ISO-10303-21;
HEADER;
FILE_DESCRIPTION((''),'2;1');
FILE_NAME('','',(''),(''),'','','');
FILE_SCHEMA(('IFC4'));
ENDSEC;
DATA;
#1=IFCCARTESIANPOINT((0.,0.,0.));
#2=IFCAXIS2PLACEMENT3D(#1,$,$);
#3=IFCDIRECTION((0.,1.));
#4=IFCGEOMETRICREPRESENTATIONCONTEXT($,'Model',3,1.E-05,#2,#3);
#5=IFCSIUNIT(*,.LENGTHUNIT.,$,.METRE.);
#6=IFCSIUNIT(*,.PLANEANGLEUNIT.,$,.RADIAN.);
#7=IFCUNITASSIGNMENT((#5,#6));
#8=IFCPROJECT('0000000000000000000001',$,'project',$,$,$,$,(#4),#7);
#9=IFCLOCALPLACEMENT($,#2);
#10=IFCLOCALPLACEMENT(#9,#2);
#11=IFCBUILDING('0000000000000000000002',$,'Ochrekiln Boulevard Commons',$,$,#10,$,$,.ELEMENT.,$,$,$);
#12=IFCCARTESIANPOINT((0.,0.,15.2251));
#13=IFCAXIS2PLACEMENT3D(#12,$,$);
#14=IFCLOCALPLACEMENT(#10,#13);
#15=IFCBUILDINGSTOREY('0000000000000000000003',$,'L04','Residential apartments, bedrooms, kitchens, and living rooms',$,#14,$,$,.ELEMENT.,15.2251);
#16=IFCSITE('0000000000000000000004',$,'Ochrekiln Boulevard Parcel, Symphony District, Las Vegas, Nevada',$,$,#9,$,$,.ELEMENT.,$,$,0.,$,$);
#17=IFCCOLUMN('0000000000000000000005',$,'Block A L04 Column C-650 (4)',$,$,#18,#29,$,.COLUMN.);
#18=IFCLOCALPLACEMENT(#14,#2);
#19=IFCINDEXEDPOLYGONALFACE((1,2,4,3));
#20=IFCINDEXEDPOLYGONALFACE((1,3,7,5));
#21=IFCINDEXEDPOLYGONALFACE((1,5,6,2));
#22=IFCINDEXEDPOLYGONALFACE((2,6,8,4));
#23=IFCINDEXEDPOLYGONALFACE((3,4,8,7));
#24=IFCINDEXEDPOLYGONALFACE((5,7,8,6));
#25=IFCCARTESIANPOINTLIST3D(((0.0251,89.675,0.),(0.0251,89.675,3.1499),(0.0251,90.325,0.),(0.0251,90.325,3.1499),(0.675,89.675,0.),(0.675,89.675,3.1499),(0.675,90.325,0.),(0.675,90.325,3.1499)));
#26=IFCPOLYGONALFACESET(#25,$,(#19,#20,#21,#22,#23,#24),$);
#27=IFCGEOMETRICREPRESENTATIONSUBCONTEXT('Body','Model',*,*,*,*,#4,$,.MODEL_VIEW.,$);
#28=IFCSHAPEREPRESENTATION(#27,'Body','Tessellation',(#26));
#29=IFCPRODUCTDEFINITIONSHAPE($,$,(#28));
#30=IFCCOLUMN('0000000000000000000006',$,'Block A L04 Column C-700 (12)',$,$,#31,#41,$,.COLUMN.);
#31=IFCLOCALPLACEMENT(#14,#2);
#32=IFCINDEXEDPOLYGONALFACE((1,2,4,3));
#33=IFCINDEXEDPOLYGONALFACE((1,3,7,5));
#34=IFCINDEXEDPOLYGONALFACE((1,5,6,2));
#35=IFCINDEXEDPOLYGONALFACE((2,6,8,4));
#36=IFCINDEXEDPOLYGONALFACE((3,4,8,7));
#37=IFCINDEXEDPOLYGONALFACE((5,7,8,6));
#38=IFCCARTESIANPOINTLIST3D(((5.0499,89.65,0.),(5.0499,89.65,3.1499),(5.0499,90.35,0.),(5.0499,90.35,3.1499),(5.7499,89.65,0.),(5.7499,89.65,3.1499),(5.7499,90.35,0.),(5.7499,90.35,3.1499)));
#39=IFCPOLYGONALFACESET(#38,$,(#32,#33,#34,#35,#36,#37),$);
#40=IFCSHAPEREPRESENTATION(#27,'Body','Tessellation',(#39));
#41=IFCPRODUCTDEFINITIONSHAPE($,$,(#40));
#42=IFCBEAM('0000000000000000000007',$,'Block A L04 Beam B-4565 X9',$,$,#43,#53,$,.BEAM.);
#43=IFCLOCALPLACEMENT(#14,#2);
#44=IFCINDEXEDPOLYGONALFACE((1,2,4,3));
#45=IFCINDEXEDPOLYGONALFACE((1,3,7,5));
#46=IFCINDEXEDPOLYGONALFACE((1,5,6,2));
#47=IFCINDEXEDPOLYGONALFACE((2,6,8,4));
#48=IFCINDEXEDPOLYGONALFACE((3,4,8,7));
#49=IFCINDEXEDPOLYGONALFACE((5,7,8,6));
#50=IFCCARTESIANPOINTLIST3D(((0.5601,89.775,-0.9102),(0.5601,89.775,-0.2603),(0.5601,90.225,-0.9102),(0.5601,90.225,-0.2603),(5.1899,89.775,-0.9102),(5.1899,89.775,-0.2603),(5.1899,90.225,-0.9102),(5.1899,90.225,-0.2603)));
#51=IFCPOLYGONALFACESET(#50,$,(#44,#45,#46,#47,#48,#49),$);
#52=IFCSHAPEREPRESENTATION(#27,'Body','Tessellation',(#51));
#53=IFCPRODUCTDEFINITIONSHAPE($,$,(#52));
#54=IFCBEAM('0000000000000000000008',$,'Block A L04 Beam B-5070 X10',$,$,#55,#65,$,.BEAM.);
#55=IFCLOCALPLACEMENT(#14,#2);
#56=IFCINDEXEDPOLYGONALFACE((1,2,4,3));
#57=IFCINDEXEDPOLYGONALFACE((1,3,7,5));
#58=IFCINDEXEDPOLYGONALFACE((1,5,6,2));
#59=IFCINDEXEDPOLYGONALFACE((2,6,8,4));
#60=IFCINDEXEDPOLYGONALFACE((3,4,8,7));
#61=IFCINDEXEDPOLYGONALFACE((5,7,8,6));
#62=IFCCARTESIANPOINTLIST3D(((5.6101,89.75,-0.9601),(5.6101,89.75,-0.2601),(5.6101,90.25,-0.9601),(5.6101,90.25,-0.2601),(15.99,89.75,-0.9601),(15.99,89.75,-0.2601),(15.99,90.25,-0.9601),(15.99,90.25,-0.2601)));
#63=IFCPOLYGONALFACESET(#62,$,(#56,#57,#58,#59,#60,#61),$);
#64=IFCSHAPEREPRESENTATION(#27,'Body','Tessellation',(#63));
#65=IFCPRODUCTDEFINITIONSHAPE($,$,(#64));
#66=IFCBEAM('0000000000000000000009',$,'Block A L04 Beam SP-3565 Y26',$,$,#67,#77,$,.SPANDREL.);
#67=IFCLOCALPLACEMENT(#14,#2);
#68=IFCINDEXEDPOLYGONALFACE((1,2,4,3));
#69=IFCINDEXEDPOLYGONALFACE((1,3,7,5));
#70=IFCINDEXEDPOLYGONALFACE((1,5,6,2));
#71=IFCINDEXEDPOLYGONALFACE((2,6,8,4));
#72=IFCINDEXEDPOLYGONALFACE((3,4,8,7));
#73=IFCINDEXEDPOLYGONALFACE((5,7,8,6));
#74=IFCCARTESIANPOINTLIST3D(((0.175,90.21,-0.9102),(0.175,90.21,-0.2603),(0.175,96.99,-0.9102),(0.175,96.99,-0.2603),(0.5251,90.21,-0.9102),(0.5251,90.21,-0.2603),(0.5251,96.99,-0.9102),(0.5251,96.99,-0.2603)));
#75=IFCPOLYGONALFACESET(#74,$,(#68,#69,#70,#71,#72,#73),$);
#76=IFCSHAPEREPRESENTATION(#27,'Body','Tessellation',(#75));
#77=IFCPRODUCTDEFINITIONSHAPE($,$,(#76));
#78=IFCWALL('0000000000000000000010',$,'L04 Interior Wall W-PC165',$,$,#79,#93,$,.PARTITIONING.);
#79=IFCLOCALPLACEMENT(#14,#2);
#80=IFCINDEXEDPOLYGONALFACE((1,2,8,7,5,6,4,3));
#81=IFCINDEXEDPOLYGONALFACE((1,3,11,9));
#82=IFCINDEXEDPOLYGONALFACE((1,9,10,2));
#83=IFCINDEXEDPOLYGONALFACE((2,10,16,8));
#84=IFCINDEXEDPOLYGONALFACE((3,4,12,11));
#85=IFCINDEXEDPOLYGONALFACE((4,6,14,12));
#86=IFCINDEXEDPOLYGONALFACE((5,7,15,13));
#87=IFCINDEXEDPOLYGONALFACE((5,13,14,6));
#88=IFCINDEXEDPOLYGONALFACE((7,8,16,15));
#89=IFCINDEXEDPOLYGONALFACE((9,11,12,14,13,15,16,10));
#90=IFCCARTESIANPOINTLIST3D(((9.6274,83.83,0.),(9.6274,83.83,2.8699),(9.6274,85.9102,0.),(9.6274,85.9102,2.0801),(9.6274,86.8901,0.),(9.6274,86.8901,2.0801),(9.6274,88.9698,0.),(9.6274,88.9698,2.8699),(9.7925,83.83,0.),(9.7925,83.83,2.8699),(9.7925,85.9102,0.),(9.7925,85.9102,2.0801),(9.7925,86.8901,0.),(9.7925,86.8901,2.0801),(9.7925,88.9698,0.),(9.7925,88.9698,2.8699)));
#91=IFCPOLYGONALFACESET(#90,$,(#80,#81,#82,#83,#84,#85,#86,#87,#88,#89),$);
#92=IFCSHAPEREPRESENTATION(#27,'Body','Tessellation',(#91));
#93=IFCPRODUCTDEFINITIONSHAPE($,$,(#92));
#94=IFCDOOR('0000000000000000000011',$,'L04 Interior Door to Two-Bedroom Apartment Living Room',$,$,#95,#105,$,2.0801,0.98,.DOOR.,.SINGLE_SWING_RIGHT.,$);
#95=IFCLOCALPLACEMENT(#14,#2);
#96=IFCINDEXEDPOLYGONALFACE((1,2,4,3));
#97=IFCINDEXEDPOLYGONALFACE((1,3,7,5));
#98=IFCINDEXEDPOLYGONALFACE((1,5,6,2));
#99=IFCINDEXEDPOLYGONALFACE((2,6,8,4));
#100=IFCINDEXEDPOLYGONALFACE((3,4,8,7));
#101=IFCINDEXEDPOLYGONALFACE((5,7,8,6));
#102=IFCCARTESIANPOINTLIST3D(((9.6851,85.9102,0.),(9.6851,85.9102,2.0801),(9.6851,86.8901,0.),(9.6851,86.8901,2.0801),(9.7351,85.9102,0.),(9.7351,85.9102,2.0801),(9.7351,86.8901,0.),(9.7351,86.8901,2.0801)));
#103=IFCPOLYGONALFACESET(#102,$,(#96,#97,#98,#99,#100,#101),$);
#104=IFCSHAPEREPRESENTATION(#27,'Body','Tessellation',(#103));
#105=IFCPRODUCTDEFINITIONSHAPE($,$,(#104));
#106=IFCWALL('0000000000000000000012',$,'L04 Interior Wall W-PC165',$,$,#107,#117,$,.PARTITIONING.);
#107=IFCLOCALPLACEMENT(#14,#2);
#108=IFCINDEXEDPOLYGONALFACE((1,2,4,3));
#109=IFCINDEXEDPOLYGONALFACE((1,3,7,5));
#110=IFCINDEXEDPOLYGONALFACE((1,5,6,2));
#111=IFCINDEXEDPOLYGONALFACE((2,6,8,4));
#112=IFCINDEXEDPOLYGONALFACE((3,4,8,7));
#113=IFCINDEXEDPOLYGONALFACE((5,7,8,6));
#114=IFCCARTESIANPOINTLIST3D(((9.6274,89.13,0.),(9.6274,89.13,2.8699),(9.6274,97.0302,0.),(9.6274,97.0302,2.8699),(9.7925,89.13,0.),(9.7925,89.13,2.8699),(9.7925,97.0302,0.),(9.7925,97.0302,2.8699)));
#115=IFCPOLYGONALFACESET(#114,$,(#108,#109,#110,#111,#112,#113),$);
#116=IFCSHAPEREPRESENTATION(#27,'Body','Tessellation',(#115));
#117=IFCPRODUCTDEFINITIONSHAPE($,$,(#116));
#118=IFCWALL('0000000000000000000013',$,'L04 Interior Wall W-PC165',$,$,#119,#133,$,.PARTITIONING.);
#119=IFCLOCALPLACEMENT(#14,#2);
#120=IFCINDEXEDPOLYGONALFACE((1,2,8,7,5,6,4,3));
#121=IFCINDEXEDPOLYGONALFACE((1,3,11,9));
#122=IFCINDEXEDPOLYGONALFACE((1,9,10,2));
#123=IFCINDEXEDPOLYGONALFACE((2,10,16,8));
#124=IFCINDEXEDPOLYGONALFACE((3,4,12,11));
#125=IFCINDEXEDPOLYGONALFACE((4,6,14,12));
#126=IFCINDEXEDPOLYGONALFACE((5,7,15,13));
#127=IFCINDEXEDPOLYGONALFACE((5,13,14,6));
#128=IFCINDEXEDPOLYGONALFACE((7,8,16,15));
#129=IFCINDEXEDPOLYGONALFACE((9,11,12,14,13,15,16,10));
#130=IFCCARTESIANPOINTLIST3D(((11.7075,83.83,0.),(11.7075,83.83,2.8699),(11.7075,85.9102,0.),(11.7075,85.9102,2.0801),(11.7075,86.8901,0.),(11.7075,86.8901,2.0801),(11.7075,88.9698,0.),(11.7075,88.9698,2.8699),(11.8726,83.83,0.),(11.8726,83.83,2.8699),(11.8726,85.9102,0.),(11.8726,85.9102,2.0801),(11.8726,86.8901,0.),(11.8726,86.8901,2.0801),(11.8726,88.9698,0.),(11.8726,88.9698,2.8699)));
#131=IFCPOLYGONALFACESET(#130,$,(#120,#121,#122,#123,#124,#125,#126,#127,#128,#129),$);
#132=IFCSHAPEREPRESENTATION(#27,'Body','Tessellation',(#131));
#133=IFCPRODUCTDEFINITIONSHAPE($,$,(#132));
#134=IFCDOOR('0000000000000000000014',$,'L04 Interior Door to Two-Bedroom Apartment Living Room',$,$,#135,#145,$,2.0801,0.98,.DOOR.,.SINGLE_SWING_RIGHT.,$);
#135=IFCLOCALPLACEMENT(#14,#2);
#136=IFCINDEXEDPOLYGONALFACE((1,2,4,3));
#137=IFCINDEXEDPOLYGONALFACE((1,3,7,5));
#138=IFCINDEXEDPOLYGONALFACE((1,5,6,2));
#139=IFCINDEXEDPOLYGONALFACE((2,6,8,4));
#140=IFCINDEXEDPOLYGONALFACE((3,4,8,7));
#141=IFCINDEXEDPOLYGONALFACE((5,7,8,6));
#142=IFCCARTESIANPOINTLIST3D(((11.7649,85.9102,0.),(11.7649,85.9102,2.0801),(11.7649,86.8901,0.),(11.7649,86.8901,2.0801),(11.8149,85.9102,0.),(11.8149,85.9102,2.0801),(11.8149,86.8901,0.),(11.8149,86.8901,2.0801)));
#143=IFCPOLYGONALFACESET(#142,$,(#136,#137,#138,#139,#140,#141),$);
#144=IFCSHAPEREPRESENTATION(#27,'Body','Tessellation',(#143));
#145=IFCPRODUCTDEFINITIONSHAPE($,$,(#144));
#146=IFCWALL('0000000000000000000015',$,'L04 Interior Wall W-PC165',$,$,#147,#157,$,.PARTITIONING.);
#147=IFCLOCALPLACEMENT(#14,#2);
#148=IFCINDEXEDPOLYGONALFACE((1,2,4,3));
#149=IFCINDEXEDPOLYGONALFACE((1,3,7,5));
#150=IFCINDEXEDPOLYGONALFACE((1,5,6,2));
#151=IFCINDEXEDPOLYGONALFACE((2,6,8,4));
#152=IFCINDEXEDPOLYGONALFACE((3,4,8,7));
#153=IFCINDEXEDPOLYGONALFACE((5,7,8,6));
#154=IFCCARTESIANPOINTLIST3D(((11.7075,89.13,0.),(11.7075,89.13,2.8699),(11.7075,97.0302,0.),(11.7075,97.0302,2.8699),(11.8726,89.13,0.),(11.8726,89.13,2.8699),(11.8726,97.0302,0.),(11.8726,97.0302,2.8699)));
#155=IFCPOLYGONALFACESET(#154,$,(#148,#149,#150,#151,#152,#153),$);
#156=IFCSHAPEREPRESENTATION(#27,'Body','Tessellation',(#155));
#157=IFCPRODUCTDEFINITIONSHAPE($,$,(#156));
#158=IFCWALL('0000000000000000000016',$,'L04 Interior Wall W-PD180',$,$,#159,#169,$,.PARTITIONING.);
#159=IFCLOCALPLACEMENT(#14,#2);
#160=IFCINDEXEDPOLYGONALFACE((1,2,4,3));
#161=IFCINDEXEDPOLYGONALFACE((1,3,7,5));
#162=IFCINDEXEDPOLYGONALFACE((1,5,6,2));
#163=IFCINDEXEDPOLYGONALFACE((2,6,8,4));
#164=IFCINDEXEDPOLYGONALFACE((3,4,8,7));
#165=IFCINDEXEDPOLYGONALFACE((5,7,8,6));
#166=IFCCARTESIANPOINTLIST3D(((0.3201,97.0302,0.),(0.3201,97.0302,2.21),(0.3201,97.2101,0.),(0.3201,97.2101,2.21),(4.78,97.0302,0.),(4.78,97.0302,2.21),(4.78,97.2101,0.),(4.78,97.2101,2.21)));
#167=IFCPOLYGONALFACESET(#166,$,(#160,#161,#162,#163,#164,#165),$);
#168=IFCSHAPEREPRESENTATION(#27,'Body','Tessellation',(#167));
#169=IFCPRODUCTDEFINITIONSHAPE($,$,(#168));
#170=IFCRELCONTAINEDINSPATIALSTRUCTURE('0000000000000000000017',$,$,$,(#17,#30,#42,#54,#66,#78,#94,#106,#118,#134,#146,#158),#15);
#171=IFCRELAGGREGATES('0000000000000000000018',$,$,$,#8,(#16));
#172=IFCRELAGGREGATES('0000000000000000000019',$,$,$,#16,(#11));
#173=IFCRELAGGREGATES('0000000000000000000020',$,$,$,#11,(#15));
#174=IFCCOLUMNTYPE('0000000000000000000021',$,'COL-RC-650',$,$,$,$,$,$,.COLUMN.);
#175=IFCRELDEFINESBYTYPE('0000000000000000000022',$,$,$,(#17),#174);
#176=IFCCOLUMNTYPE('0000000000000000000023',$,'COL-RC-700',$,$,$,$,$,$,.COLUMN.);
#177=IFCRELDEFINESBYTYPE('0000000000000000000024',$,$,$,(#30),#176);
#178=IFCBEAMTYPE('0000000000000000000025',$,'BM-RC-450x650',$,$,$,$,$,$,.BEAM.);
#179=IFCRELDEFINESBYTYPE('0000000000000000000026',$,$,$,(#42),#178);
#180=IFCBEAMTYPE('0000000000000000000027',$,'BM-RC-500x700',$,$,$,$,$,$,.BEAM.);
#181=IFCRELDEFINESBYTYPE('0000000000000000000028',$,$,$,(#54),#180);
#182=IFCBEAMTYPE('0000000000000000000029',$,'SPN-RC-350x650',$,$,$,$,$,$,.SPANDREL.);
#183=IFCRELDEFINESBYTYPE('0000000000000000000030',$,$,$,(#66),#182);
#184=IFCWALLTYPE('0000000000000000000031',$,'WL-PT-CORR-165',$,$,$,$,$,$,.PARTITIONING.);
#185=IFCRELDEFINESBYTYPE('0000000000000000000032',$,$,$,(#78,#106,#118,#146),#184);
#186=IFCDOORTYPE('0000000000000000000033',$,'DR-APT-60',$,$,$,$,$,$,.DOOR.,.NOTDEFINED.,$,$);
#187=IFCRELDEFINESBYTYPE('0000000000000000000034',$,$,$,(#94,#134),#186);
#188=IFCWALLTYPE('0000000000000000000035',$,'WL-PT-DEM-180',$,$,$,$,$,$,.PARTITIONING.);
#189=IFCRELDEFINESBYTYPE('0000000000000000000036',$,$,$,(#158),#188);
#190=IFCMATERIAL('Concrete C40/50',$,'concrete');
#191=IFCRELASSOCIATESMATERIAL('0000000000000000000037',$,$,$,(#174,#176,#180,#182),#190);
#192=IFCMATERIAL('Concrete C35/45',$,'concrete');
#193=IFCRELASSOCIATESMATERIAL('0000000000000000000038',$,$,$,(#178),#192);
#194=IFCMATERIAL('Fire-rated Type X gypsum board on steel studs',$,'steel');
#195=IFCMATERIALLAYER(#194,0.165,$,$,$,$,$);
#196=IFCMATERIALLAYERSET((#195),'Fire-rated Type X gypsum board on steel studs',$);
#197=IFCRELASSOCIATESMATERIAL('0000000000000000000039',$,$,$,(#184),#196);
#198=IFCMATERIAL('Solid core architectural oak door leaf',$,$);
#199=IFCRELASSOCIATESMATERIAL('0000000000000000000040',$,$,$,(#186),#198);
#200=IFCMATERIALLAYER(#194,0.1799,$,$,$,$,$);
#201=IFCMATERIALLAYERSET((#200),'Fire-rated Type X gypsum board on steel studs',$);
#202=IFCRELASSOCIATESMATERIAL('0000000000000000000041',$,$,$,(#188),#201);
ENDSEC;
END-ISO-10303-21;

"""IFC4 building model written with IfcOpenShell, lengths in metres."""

from ifc_helpers import new_model, si_unit, direction, frame, frame_2d, origin, origin_2d, place, context, subcontext, project, spatial, rectangle, extrude, material, layer, layer_set, material_profile, profile_set, type_object, element, fill, save


model = new_model("IFC4")

# Units and contexts
model_context = context("Model", 3, precision=1e-05, world=origin(), true_north=direction((0.0, 1.0)))
body_context = subcontext(model_context, "Body", "Model", "MODEL_VIEW")
ifc_project = project(units=[si_unit("LENGTHUNIT", "METRE"), si_unit("PLANEANGLEUNIT", "RADIAN")], contexts=[model_context])

# Site, building, storey
site_placement = place(None, origin())
site = spatial("IfcSite", under=ifc_project, at=site_placement, Name="Ochrekiln Boulevard Parcel, Symphony District, Las Vegas, Nevada", CompositionType="ELEMENT", RefElevation=0.0)
building_placement = place(site_placement, origin())
building = spatial("IfcBuilding", under=site, at=building_placement, Name="Ochrekiln Boulevard Commons", CompositionType="ELEMENT")
storey_placement = place(building_placement, frame((0.0, 0.0, 15.2251)))
storey = spatial("IfcBuildingStorey", under=building, at=storey_placement, Name="L04", Description="Residential apartments, bedrooms, kitchens, and living rooms", CompositionType="ELEMENT", Elevation=15.2251)

# Columns
ifc_material_1 = material(Name="Concrete C40/50", Category="concrete")
ifc_material_profile_1 = material_profile(ifc_material_1, rectangle(XDim=0.6499, YDim=0.6499, at=origin_2d()), Name="RC-COL-650x650")
ifc_profile_set_1 = profile_set([ifc_material_profile_1], Name="Concrete C40/50")
column_type_1 = type_object("IfcColumnType", Name="COL-RC-650", PredefinedType="COLUMN", material=ifc_profile_set_1)
column_1_placement = place(storey_placement, frame((0.3501, 90.0, 0.0), z_axis=(0.0, 0.0, 1.0), x_axis=(1.0, 0.0, 0.0)))
element("IfcColumn", 1, at=column_1_placement, inside=storey, type_object=column_type_1, Name="Block A L04 Column C-650 (4)", PredefinedType="COLUMN", context=body_context, shape_type="SweptSolid", body=[
    extrude(rectangle(XDim=0.6499, YDim=0.6499, at=origin_2d()), origin(), (0.0, 0.0, 1.0), 3.1499),
])
ifc_material_profile_2 = material_profile(ifc_material_1, rectangle(XDim=0.7, YDim=0.7, at=origin_2d()), Name="RC-COL-700x700")
ifc_profile_set_2 = profile_set([ifc_material_profile_2], Name="Concrete C40/50")
column_type_2 = type_object("IfcColumnType", Name="COL-RC-700", PredefinedType="COLUMN", material=ifc_profile_set_2)
column_2_placement = place(storey_placement, frame((5.3999, 90.0, 0.0), z_axis=(0.0, 0.0, 1.0), x_axis=(1.0, 0.0, 0.0)))
element("IfcColumn", 2, at=column_2_placement, inside=storey, type_object=column_type_2, Name="Block A L04 Column C-700 (12)", PredefinedType="COLUMN", context=body_context, shape_type="SweptSolid", body=[
    extrude(rectangle(XDim=0.7, YDim=0.7, at=origin_2d()), origin(), (0.0, 0.0, 1.0), 3.1499),
])

# Beams
ifc_material_2 = material(Name="Concrete C35/45", Category="concrete")
ifc_material_profile_3 = material_profile(ifc_material_2, rectangle(XDim=0.45, YDim=0.6499, at=origin_2d()), Name="RC-BM-450x650")
ifc_profile_set_3 = profile_set([ifc_material_profile_3], Name="Concrete C35/45")
beam_type_1 = type_object("IfcBeamType", Name="BM-RC-450x650", PredefinedType="BEAM", material=ifc_profile_set_3)
beam_1_placement = place(storey_placement, frame((0.5601, 90.0, -0.5852), z_axis=(1.0, 0.0, 0.0), x_axis=(0.0, 1.0, 0.0)))
element("IfcBeam", 3, at=beam_1_placement, inside=storey, type_object=beam_type_1, Name="Block A L04 Beam B-4565 X9", PredefinedType="BEAM", context=body_context, shape_type="SweptSolid", body=[
    extrude(rectangle(XDim=0.45, YDim=0.6499, at=origin_2d()), origin(), (0.0, 0.0, 1.0), 4.6299),
])
ifc_material_profile_4 = material_profile(ifc_material_1, rectangle(XDim=0.5, YDim=0.7, at=origin_2d()), Name="RC-BM-500x700")
ifc_profile_set_4 = profile_set([ifc_material_profile_4], Name="Concrete C40/50")
beam_type_2 = type_object("IfcBeamType", Name="BM-RC-500x700", PredefinedType="BEAM", material=ifc_profile_set_4)
beam_2_placement = place(storey_placement, frame((5.6101, 90.0, -0.6101), z_axis=(1.0, 0.0, 0.0), x_axis=(0.0, 1.0, 0.0)))
element("IfcBeam", 4, at=beam_2_placement, inside=storey, type_object=beam_type_2, Name="Block A L04 Beam B-5070 X10", PredefinedType="BEAM", context=body_context, shape_type="SweptSolid", body=[
    extrude(rectangle(XDim=0.5, YDim=0.7, at=origin_2d()), origin(), (0.0, 0.0, 1.0), 10.3799),
])
ifc_material_profile_5 = material_profile(ifc_material_1, rectangle(XDim=0.3501, YDim=0.6499, at=origin_2d()), Name="RC-SPN-350x650")
ifc_profile_set_5 = profile_set([ifc_material_profile_5], Name="Concrete C40/50")
beam_type_3 = type_object("IfcBeamType", Name="SPN-RC-350x650", PredefinedType="SPANDREL", material=ifc_profile_set_5)
beam_3_placement = place(storey_placement, frame((0.3501, 90.21, -0.5852), z_axis=(0.0, 1.0, 0.0), x_axis=(-1.0, 0.0, 0.0)))
element("IfcBeam", 5, at=beam_3_placement, inside=storey, type_object=beam_type_3, Name="Block A L04 Beam SP-3565 Y26", PredefinedType="SPANDREL", context=body_context, shape_type="SweptSolid", body=[
    extrude(rectangle(XDim=0.3501, YDim=0.6499, at=origin_2d()), origin(), (0.0, 0.0, 1.0), 6.78),
])

# Wall, opening, door
ifc_material_3 = material(Name="Fire-rated Type X gypsum board on steel studs", Category="steel")
ifc_layer_1 = layer(ifc_material_3, 0.165)
ifc_layer_set_1 = layer_set([ifc_layer_1], Name="Fire-rated Type X gypsum board on steel studs")
wall_type_1 = type_object("IfcWallType", Name="WL-PT-CORR-165", PredefinedType="PARTITIONING", material=ifc_layer_set_1)
wall_1_placement = place(storey_placement, frame((9.71, 83.8301, 0.0), z_axis=(0.0, 0.0, 1.0), x_axis=(0.0, 1.0, 0.0)))
wall_1 = element("IfcWall", 6, at=wall_1_placement, inside=storey, type_object=wall_type_1, Name="L04 Interior Wall W-PC165", PredefinedType="PARTITIONING", context=body_context, shape_type="SweptSolid", body=[
    extrude(rectangle(XDim=5.1399, YDim=0.165, at=frame_2d((2.5698, 0.0))), origin(), (0.0, 0.0, 1.0), 2.8699),
])
opening_1_placement = place(wall_1_placement, frame((2.0801, 0.0, 0.0)))
opening_1 = element("IfcOpeningElement", 7, at=opening_1_placement, cuts=wall_1, PredefinedType="OPENING", context=body_context, shape_type="SweptSolid", body=[
    extrude(rectangle(XDim=0.98, YDim=2.0801, at=frame_2d((0.49, 1.04))), frame((0.0, 0.0925, 0.0), z_axis=(0.0, -1.0, 0.0), x_axis=(1.0, 0.0, 0.0)), (0.0, 0.0, 1.0), 0.1851),
])
ifc_material_4 = material(Name="Solid core architectural oak door leaf")
door_type_1 = type_object("IfcDoorType", Name="DR-APT-60", OperationType="NOTDEFINED", PredefinedType="DOOR", material=ifc_material_4)
door_1_placement = place(opening_1_placement, origin())
door_1 = element("IfcDoor", 8, at=door_1_placement, inside=storey, type_object=door_type_1, Name="L04 Interior Door to Two-Bedroom Apartment Living Room", OperationType="SINGLE_SWING_RIGHT", OverallHeight=2.0801, OverallWidth=0.98, PredefinedType="DOOR", context=body_context, shape_type="SweptSolid", body=[
    extrude(rectangle(XDim=0.98, YDim=2.0801, at=frame_2d((0.49, 1.04))), frame((0.0, 0.0249, 0.0), z_axis=(0.0, -1.0, 0.0), x_axis=(1.0, 0.0, 0.0)), (0.0, 0.0, 1.0), 0.05),
])
fill(opening_1, door_1)

# Wall
wall_2_placement = place(storey_placement, frame((9.71, 89.1299, 0.0), z_axis=(0.0, 0.0, 1.0), x_axis=(0.0, 1.0, 0.0)))
element("IfcWall", 9, at=wall_2_placement, inside=storey, type_object=wall_type_1, Name="L04 Interior Wall W-PC165", PredefinedType="PARTITIONING", context=body_context, shape_type="SweptSolid", body=[
    extrude(rectangle(XDim=7.9001, YDim=0.165, at=frame_2d((3.9502, 0.0))), origin(), (0.0, 0.0, 1.0), 2.8699),
])

# Wall, opening, door
wall_3_placement = place(storey_placement, frame((11.79, 83.8301, 0.0), z_axis=(0.0, 0.0, 1.0), x_axis=(0.0, 1.0, 0.0)))
wall_3 = element("IfcWall", 10, at=wall_3_placement, inside=storey, type_object=wall_type_1, Name="L04 Interior Wall W-PC165", PredefinedType="PARTITIONING", context=body_context, shape_type="SweptSolid", body=[
    extrude(rectangle(XDim=5.1399, YDim=0.165, at=frame_2d((2.5698, 0.0))), origin(), (0.0, 0.0, 1.0), 2.8699),
])
opening_2_placement = place(wall_3_placement, frame((2.0801, 0.0, 0.0)))
opening_2 = element("IfcOpeningElement", 11, at=opening_2_placement, cuts=wall_3, PredefinedType="OPENING", context=body_context, shape_type="SweptSolid", body=[
    extrude(rectangle(XDim=0.98, YDim=2.0801, at=frame_2d((0.49, 1.04))), frame((0.0, 0.0925, 0.0), z_axis=(0.0, -1.0, 0.0), x_axis=(1.0, 0.0, 0.0)), (0.0, 0.0, 1.0), 0.1851),
])
door_2_placement = place(opening_2_placement, frame((0.98, 0.0, 0.0), z_axis=(0.0, 0.0, 1.0), x_axis=(-1.0, 0.0, 0.0)))
door_2 = element("IfcDoor", 12, at=door_2_placement, inside=storey, type_object=door_type_1, Name="L04 Interior Door to Two-Bedroom Apartment Living Room", OperationType="SINGLE_SWING_RIGHT", OverallHeight=2.0801, OverallWidth=0.98, PredefinedType="DOOR", context=body_context, shape_type="SweptSolid", body=[
    extrude(rectangle(XDim=0.98, YDim=2.0801, at=frame_2d((0.49, 1.04))), frame((0.0, 0.0249, 0.0), z_axis=(0.0, -1.0, 0.0), x_axis=(1.0, 0.0, 0.0)), (0.0, 0.0, 1.0), 0.05),
])
fill(opening_2, door_2)

# Walls
wall_4_placement = place(storey_placement, frame((11.79, 89.1299, 0.0), z_axis=(0.0, 0.0, 1.0), x_axis=(0.0, 1.0, 0.0)))
element("IfcWall", 13, at=wall_4_placement, inside=storey, type_object=wall_type_1, Name="L04 Interior Wall W-PC165", PredefinedType="PARTITIONING", context=body_context, shape_type="SweptSolid", body=[
    extrude(rectangle(XDim=7.9001, YDim=0.165, at=frame_2d((3.9502, 0.0))), origin(), (0.0, 0.0, 1.0), 2.8699),
])
ifc_layer_2 = layer(ifc_material_3, 0.1799)
ifc_layer_set_2 = layer_set([ifc_layer_2], Name="Fire-rated Type X gypsum board on steel studs")
wall_type_2 = type_object("IfcWallType", Name="WL-PT-DEM-180", PredefinedType="PARTITIONING", material=ifc_layer_set_2)
wall_5_placement = place(storey_placement, frame((0.3201, 97.1201, 0.0), z_axis=(0.0, 0.0, 1.0), x_axis=(1.0, 0.0, 0.0)))
element("IfcWall", 14, at=wall_5_placement, inside=storey, type_object=wall_type_2, Name="L04 Interior Wall W-PD180", PredefinedType="PARTITIONING", context=body_context, shape_type="SweptSolid", body=[
    extrude(rectangle(XDim=4.46, YDim=0.1799, at=frame_2d((2.23, 0.0))), origin(), (0.0, 0.0, 1.0), 2.21),
])

save(model, "model.ifc")
